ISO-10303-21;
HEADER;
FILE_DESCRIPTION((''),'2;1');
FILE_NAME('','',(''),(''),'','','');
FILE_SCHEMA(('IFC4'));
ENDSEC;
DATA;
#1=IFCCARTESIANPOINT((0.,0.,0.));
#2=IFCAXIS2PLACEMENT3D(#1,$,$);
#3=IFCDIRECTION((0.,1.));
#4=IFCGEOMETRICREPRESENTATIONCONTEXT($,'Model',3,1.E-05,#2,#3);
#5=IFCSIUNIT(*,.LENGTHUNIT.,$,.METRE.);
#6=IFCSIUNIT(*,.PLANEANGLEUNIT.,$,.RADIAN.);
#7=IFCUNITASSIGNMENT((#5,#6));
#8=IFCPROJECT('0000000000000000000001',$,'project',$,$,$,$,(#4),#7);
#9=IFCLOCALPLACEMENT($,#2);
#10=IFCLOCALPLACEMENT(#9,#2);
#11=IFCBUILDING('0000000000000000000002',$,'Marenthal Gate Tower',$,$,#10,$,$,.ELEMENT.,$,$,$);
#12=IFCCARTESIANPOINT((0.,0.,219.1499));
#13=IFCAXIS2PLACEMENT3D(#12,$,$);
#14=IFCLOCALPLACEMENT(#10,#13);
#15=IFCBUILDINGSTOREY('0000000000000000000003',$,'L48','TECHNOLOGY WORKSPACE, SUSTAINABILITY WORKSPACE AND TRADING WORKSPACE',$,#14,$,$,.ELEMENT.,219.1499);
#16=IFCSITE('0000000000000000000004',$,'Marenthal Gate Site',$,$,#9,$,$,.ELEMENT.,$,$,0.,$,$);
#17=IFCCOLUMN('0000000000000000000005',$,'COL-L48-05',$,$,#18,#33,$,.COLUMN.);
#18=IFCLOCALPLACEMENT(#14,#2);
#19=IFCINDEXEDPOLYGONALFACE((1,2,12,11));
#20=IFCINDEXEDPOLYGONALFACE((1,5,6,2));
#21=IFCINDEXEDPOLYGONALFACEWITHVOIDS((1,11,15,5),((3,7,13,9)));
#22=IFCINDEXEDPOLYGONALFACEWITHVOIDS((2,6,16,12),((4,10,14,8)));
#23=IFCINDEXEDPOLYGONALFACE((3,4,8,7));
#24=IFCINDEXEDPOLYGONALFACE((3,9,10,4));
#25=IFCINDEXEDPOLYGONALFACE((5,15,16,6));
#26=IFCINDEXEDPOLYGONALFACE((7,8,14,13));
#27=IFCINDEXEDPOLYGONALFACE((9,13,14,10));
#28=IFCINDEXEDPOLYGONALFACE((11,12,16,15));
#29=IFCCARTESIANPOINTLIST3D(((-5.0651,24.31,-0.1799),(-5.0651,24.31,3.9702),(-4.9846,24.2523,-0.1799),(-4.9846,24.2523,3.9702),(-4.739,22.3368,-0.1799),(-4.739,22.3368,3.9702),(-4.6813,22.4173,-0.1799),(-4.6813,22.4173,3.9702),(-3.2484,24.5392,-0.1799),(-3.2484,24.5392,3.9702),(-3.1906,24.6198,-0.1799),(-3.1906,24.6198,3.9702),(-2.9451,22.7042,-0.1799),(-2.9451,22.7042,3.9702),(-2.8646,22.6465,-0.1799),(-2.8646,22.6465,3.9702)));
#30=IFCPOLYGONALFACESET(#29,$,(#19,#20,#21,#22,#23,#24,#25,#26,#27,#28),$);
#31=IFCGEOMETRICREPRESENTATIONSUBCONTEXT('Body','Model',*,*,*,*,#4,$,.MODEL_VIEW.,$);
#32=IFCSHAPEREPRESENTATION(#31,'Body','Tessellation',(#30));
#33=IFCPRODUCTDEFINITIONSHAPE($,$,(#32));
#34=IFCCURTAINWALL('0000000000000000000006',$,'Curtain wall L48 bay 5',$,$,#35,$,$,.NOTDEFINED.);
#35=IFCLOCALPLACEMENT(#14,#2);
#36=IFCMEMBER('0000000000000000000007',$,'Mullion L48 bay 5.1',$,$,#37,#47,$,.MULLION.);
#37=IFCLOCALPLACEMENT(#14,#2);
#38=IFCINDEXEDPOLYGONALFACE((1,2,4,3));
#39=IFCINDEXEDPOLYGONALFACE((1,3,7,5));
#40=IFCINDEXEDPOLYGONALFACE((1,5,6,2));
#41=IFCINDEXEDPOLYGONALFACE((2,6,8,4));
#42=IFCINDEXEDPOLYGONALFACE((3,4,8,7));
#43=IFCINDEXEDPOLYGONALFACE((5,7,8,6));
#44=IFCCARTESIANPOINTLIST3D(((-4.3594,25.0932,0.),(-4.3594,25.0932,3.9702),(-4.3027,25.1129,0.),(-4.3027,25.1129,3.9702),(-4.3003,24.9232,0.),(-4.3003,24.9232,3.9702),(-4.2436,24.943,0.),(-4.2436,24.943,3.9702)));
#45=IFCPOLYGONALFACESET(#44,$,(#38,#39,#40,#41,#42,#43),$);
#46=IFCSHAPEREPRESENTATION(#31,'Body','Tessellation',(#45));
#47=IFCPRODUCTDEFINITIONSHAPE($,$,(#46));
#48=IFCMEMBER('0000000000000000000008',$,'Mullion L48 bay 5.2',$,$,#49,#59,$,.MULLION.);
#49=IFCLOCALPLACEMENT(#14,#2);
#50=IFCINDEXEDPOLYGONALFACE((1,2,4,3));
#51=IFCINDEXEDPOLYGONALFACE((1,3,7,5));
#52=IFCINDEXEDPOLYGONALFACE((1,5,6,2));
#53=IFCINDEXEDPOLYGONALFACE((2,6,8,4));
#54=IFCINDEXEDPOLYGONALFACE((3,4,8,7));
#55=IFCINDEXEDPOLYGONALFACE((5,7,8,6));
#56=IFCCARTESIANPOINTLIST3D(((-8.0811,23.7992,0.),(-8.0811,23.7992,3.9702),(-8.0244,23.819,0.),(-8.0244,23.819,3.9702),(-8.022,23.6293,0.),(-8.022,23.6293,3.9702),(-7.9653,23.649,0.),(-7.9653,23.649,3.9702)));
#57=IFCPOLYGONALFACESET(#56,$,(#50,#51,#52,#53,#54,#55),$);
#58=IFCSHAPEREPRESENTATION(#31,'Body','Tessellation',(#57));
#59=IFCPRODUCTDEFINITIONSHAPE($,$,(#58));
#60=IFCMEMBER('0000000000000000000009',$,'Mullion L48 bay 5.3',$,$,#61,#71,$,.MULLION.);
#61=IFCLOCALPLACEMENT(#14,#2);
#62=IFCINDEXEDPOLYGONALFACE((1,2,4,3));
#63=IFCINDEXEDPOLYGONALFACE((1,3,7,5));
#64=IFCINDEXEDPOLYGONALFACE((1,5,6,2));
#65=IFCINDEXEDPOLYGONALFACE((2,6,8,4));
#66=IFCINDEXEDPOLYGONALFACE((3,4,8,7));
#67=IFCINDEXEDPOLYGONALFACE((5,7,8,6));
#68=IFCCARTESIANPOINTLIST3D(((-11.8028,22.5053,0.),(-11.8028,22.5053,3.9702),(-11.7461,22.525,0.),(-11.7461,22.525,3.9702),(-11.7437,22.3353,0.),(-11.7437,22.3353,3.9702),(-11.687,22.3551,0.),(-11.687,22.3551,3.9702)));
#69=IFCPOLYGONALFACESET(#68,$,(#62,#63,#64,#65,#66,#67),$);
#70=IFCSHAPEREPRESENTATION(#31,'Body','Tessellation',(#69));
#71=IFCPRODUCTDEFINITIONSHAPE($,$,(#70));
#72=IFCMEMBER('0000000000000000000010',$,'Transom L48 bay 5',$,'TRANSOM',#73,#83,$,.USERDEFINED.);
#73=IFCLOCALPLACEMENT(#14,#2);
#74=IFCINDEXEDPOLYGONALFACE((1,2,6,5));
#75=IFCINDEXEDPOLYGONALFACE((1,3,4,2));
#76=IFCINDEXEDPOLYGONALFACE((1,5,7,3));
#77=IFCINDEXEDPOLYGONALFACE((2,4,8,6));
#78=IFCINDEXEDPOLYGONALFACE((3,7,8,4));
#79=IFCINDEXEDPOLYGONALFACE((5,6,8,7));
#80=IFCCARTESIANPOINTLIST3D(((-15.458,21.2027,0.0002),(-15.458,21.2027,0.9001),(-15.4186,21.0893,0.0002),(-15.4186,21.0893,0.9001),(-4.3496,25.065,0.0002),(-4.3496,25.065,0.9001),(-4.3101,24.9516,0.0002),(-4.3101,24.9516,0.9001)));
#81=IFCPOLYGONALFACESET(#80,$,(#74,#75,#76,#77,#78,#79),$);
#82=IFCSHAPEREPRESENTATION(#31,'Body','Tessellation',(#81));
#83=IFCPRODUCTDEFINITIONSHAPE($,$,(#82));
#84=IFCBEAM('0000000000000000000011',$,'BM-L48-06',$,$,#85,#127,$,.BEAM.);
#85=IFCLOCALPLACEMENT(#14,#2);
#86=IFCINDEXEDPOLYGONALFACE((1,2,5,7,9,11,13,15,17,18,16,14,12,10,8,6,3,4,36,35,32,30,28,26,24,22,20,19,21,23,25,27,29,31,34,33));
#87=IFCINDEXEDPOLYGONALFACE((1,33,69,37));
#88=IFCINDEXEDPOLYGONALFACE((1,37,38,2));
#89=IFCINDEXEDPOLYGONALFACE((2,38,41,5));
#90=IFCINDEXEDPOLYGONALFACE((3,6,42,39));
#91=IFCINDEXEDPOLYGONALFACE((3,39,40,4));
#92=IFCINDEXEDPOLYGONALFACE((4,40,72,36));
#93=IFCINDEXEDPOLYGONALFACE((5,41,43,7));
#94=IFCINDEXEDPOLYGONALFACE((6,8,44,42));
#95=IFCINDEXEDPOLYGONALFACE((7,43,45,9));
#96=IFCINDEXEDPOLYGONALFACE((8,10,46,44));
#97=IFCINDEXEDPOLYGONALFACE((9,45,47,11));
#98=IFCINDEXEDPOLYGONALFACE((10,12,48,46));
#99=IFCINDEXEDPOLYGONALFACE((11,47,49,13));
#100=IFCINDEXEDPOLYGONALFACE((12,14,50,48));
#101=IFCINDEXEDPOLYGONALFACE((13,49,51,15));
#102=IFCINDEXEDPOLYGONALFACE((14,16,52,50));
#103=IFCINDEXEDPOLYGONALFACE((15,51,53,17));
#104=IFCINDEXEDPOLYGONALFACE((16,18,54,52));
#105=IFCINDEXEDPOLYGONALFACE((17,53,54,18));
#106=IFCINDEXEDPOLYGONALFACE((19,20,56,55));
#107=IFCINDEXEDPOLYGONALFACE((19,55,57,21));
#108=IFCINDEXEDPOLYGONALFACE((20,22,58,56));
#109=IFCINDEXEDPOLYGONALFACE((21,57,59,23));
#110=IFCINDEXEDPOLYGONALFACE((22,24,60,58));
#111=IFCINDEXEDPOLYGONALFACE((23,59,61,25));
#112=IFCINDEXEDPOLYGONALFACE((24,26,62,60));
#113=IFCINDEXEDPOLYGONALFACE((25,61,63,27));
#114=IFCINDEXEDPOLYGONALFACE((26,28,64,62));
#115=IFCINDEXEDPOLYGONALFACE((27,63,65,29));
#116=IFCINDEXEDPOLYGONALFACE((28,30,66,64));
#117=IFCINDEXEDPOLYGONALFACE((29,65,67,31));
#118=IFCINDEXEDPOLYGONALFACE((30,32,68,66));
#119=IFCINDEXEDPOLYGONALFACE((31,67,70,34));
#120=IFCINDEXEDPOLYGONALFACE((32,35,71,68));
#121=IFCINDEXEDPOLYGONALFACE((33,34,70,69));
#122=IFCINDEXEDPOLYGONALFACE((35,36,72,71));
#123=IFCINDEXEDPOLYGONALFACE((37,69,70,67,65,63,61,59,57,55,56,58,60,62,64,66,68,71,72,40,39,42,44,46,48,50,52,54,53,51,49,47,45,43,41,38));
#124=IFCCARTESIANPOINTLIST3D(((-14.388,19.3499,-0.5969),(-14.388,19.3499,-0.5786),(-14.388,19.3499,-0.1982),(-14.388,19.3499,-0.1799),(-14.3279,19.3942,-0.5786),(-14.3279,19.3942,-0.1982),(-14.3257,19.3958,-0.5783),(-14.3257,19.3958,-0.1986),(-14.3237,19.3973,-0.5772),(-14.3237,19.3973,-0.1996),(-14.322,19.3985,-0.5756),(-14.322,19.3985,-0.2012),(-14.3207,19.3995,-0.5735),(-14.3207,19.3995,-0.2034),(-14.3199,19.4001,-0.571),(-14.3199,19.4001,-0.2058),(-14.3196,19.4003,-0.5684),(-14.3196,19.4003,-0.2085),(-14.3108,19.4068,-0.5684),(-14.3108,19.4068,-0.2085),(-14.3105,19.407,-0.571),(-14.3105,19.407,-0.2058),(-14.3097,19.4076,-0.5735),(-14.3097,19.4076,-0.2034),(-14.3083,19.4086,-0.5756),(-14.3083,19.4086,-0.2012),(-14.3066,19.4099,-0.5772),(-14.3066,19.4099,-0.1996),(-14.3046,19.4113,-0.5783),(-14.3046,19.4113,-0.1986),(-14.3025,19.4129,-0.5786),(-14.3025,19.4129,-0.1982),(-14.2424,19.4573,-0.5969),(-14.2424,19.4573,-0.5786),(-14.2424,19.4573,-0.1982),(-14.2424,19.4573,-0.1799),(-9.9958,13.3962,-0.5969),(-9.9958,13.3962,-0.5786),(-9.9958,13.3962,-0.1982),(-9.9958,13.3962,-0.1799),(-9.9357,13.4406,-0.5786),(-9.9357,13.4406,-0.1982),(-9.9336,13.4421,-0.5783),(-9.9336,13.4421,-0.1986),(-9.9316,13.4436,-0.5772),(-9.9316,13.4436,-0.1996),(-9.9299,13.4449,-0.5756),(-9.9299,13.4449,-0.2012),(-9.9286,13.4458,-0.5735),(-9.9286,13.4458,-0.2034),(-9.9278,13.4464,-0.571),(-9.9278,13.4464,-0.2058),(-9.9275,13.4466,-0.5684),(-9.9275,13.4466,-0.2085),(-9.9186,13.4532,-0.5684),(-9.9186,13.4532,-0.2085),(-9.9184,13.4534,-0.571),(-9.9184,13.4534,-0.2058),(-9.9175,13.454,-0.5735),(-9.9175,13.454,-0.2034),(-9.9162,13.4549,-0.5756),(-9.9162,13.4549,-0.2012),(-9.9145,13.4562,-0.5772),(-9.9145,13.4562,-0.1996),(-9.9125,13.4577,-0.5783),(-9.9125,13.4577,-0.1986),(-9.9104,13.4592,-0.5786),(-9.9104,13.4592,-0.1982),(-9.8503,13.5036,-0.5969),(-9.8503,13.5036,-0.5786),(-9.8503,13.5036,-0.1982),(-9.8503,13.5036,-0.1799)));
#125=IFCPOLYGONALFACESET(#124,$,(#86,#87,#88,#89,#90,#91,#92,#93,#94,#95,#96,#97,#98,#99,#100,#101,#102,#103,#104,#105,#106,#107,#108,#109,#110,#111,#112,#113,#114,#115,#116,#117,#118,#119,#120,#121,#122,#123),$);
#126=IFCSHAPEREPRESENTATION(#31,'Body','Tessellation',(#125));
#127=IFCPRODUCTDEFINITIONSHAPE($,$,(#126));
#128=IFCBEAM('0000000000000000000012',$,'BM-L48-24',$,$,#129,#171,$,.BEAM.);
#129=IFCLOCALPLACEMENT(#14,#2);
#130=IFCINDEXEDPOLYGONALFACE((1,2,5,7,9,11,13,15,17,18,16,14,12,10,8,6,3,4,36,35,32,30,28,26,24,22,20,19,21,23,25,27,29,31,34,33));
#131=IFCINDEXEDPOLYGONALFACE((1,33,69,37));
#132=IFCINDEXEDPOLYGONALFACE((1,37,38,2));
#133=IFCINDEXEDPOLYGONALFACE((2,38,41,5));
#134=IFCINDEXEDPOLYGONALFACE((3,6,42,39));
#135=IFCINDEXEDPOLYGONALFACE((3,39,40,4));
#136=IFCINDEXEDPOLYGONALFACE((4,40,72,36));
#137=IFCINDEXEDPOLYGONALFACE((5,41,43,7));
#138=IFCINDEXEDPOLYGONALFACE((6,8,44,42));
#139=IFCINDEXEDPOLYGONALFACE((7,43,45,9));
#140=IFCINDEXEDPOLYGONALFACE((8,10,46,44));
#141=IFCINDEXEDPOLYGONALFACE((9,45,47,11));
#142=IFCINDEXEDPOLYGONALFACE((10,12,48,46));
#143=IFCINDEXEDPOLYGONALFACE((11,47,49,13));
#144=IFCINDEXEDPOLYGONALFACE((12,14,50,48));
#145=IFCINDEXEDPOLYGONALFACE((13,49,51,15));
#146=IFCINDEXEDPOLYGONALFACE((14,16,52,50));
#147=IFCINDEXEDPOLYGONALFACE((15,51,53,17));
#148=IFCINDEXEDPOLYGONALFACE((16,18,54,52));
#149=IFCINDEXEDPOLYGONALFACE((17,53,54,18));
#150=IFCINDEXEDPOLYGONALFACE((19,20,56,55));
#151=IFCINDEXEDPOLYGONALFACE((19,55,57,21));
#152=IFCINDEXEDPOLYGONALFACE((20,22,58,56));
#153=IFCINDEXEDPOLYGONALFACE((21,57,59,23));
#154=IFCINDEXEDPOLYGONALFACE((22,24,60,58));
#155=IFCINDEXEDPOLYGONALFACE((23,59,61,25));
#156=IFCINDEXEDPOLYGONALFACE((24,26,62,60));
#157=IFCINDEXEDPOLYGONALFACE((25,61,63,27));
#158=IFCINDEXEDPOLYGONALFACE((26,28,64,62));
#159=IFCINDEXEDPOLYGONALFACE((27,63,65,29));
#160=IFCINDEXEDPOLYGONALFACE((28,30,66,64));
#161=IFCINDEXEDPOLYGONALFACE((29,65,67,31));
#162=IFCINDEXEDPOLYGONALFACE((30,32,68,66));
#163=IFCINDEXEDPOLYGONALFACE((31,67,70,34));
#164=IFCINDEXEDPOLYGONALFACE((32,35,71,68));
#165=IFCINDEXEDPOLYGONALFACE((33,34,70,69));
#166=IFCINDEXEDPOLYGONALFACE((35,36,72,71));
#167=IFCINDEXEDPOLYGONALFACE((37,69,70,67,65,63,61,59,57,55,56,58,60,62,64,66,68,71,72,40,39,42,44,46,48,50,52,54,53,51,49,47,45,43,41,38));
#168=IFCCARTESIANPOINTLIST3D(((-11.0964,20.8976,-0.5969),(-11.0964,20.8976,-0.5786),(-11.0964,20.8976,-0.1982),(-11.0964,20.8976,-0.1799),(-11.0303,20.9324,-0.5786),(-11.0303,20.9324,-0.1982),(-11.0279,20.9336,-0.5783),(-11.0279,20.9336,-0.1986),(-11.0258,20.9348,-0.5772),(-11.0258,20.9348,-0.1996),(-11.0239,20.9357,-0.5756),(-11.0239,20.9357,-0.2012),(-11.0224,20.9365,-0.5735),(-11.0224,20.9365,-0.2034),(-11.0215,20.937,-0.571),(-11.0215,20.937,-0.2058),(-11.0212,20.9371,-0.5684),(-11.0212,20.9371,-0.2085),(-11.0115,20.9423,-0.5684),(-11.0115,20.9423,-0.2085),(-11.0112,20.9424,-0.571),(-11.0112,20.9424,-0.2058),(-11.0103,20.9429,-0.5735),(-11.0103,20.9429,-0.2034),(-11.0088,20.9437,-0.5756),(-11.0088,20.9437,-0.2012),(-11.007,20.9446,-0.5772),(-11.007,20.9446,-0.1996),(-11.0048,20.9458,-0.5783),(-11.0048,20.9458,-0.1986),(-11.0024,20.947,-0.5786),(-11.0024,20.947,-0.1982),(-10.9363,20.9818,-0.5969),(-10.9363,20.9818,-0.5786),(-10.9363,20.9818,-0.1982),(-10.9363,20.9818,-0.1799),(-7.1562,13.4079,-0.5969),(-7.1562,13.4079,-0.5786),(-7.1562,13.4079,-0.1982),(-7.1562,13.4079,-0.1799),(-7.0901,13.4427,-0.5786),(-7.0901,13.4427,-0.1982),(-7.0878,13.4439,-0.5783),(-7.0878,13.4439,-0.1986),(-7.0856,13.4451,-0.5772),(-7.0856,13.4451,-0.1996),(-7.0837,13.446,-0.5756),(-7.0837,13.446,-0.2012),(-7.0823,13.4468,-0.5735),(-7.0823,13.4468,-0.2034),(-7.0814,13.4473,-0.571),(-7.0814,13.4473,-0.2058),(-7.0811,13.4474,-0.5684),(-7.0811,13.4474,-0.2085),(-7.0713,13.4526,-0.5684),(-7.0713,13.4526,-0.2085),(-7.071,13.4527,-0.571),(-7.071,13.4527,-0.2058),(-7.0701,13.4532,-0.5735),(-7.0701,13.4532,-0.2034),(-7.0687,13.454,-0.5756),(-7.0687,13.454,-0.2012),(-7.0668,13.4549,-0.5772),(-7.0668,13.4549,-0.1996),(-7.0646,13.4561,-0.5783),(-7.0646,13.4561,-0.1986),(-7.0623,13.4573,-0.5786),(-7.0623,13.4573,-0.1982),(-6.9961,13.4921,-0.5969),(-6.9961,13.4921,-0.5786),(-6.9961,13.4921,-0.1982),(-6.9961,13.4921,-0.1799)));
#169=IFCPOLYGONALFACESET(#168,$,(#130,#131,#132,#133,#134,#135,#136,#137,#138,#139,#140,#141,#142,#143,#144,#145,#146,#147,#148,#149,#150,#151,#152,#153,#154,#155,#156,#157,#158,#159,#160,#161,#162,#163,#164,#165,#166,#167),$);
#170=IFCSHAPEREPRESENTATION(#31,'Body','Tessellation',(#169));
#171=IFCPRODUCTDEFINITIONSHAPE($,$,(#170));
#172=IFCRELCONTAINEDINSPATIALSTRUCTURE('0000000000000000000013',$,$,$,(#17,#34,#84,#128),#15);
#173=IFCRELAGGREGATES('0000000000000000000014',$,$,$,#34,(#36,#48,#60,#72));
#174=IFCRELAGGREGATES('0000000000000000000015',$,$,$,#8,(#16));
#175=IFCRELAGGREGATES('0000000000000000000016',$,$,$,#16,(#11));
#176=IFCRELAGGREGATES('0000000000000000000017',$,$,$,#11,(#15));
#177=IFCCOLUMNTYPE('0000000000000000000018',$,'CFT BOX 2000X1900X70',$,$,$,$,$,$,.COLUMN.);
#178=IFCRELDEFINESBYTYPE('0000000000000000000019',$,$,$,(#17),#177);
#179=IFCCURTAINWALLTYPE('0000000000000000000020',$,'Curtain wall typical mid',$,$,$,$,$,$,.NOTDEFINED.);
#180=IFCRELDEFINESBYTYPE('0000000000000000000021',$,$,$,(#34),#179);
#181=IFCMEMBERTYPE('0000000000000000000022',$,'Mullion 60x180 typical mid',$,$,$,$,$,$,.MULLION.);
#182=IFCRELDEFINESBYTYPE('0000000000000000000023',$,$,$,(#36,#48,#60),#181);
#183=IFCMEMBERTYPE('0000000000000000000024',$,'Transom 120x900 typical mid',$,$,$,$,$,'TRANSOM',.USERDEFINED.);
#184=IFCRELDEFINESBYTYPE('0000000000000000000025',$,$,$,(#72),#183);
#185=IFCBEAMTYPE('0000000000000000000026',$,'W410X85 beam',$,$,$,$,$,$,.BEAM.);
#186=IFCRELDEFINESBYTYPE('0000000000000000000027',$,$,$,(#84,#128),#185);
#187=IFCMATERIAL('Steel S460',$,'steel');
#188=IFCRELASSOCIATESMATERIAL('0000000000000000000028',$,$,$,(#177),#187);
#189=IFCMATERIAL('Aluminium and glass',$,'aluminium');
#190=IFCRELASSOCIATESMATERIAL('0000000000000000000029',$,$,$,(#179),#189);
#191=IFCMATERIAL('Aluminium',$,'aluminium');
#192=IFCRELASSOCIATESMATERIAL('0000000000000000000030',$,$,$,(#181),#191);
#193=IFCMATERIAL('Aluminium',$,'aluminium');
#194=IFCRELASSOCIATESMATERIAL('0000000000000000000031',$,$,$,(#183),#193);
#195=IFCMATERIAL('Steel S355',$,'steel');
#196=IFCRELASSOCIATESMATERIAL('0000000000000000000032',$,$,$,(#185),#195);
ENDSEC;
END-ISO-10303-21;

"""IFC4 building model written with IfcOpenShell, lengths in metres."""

from ifc_helpers import new_model, si_unit, direction, frame, origin, origin_2d, place, context, subcontext, project, spatial, rectangle, hollow_rectangle, i_section, extrude, material, material_profile, profile_set, type_object, element, aggregate, save


model = new_model("IFC4")

# Units and contexts
model_context = context("Model", 3, precision=1e-05, world=origin(), true_north=direction((0.0, 1.0)))
body_context = subcontext(model_context, "Body", "Model", "MODEL_VIEW")
ifc_project = project(units=[si_unit("LENGTHUNIT", "METRE"), si_unit("PLANEANGLEUNIT", "RADIAN")], contexts=[model_context])

# Site, building, storey
site_placement = place(None, origin())
site = spatial("IfcSite", under=ifc_project, at=site_placement, Name="Marenthal Gate Site", CompositionType="ELEMENT", RefElevation=0.0)
building_placement = place(site_placement, origin())
building = spatial("IfcBuilding", under=site, at=building_placement, Name="Marenthal Gate Tower", CompositionType="ELEMENT")
storey_placement = place(building_placement, frame((0.0, 0.0, 219.1499)))
storey = spatial("IfcBuildingStorey", under=building, at=storey_placement, Name="L48", Description="TECHNOLOGY WORKSPACE, SUSTAINABILITY WORKSPACE AND TRADING WORKSPACE", CompositionType="ELEMENT", Elevation=219.1499)

# Column
ifc_material_1 = material(Name="Steel S460", Category="steel")
ifc_material_profile_1 = material_profile(ifc_material_1, hollow_rectangle(XDim=1.8999, YDim=2.0, WallThickness=0.0701, at=origin_2d()), Name="CFT BOX 2000X1900X70")
ifc_material_2 = material(Name="Concrete 70 MPa", Category="concrete")
ifc_material_profile_2 = material_profile(ifc_material_2, rectangle(XDim=1.76, YDim=1.8601, at=origin_2d()), Name="CFT BOX 2000X1900X70 INFILL")
ifc_profile_set_1 = profile_set([ifc_material_profile_1, ifc_material_profile_2], Name="Steel S460 shell, Concrete 70 MPa infill")
column_type = type_object("IfcColumnType", Name="CFT BOX 2000X1900X70", PredefinedType="COLUMN", material=ifc_profile_set_1)
column_placement = place(storey_placement, frame((-3.9648, 23.4783, -0.1799), z_axis=(0.0, 0.0, 1.0), x_axis=(0.986619, 0.163044, 0.0)))
element("IfcColumn", 1, at=column_placement, inside=storey, type_object=column_type, Name="COL-L48-05", PredefinedType="COLUMN", context=body_context, shape_type="SweptSolid", body=[
    extrude(hollow_rectangle(XDim=1.8999, YDim=2.0, WallThickness=0.0701, at=origin_2d()), origin(), (0.0, 0.0, 1.0), 4.1501),
])

# Curtain wall, members
ifc_material_3 = material(Name="Aluminium and glass", Category="aluminium")
curtain_wall_type = type_object("IfcCurtainWallType", Name="Curtain wall typical mid", PredefinedType="NOTDEFINED", material=ifc_material_3)
curtain_wall_placement = place(storey_placement, origin())
curtain_wall = element("IfcCurtainWall", 2, at=curtain_wall_placement, inside=storey, type_object=curtain_wall_type, Name="Curtain wall L48 bay 5", PredefinedType="NOTDEFINED")
ifc_material_4 = material(Name="Aluminium", Category="aluminium")
ifc_material_profile_3 = material_profile(ifc_material_4, rectangle(XDim=0.1799, YDim=0.0601, at=origin_2d()), Name="60x180 aluminium mullion")
ifc_profile_set_2 = profile_set([ifc_material_profile_3], Name="Aluminium")
member_type_1 = type_object("IfcMemberType", Name="Mullion 60x180 typical mid", PredefinedType="MULLION", material=ifc_profile_set_2)
member_1_placement = place(storey_placement, frame((-4.3015, 25.0181, 0.0), z_axis=(0.0, 0.0, 1.0), x_axis=(0.3284, -0.944539, 0.0)))
member_1 = element("IfcMember", 3, at=member_1_placement, type_object=member_type_1, Name="Mullion L48 bay 5.1", PredefinedType="MULLION", context=body_context, shape_type="SweptSolid", body=[
    extrude(rectangle(XDim=0.1799, YDim=0.0601, at=origin_2d()), origin(), (0.0, 0.0, 1.0), 3.9702),
])
member_2_placement = place(storey_placement, frame((-8.0232, 23.7241, 0.0), z_axis=(0.0, 0.0, 1.0), x_axis=(0.3284, -0.944539, 0.0)))
member_2 = element("IfcMember", 4, at=member_2_placement, type_object=member_type_1, Name="Mullion L48 bay 5.2", PredefinedType="MULLION", context=body_context, shape_type="SweptSolid", body=[
    extrude(rectangle(XDim=0.1799, YDim=0.0601, at=origin_2d()), origin(), (0.0, 0.0, 1.0), 3.9702),
])
member_3_placement = place(storey_placement, frame((-11.7449, 22.4302, 0.0), z_axis=(0.0, 0.0, 1.0), x_axis=(0.3284, -0.944539, 0.0)))
member_3 = element("IfcMember", 5, at=member_3_placement, type_object=member_type_1, Name="Mullion L48 bay 5.3", PredefinedType="MULLION", context=body_context, shape_type="SweptSolid", body=[
    extrude(rectangle(XDim=0.1799, YDim=0.0601, at=origin_2d()), origin(), (0.0, 0.0, 1.0), 3.9702),
])
ifc_material_5 = material(Name="Aluminium", Category="aluminium")
ifc_material_profile_4 = material_profile(ifc_material_5, rectangle(XDim=0.1201, YDim=0.8999, at=origin_2d()), Name="120x900 aluminium transom")
ifc_profile_set_3 = profile_set([ifc_material_profile_4], Name="Aluminium")
member_type_2 = type_object("IfcMemberType", Name="Transom 120x900 typical mid", ElementType="TRANSOM", PredefinedType="USERDEFINED", material=ifc_profile_set_3)
member_4_placement = place(storey_placement, frame((-4.3298, 25.0083, 0.4502), z_axis=(-0.944536, -0.328408, 0.0), x_axis=(0.328408, -0.944536, 0.0)))
member_4 = element("IfcMember", 6, at=member_4_placement, type_object=member_type_2, Name="Transom L48 bay 5", ObjectType="TRANSOM", PredefinedType="USERDEFINED", context=body_context, shape_type="SweptSolid", body=[
    extrude(rectangle(XDim=0.1201, YDim=0.8999, at=origin_2d()), origin(), (0.0, 0.0, 1.0), 11.7607),
])

# Beams
ifc_material_6 = material(Name="Steel S355", Category="steel")
ifc_material_profile_5 = material_profile(ifc_material_6, i_section(OverallWidth=0.1809, OverallDepth=0.417, WebThickness=0.011, FlangeThickness=0.0183, FilletRadius=0.0103, at=origin_2d()), Name="W410X85")
ifc_profile_set_4 = profile_set([ifc_material_profile_5], Name="Steel S355")
beam_type_1 = type_object("IfcBeamType", Name="W410X85 beam", PredefinedType="BEAM", material=ifc_profile_set_4)
beam_1_placement = place(storey_placement, frame((-14.3152, 19.4036, -0.3884), z_axis=(0.593656, -0.804719, 0.0), x_axis=(0.804719, 0.593656, 0.0)))
element("IfcBeam", 7, at=beam_1_placement, inside=storey, type_object=beam_type_1, Name="BM-L48-06", PredefinedType="BEAM", context=body_context, shape_type="SweptSolid", body=[
    extrude(i_section(OverallWidth=0.1809, OverallDepth=0.417, WebThickness=0.011, FlangeThickness=0.0183, FilletRadius=0.0103, at=origin_2d()), origin(), (0.0, 0.0, 1.0), 7.3984),
])
beam_2_placement = place(storey_placement, frame((-11.0164, 20.9397, -0.3884), z_axis=(0.465581, -0.885005, 0.0), x_axis=(0.885005, 0.465581, 0.0)))
element("IfcBeam", 8, at=beam_2_placement, inside=storey, type_object=beam_type_1, Name="BM-L48-24", PredefinedType="BEAM", context=body_context, shape_type="SweptSolid", body=[
    extrude(i_section(OverallWidth=0.1809, OverallDepth=0.417, WebThickness=0.011, FlangeThickness=0.0183, FilletRadius=0.0103, at=origin_2d()), origin(), (0.0, 0.0, 1.0), 8.4629),
])

aggregate(curtain_wall, [member_1, member_2, member_3, member_4])

save(model, "model.ifc")
